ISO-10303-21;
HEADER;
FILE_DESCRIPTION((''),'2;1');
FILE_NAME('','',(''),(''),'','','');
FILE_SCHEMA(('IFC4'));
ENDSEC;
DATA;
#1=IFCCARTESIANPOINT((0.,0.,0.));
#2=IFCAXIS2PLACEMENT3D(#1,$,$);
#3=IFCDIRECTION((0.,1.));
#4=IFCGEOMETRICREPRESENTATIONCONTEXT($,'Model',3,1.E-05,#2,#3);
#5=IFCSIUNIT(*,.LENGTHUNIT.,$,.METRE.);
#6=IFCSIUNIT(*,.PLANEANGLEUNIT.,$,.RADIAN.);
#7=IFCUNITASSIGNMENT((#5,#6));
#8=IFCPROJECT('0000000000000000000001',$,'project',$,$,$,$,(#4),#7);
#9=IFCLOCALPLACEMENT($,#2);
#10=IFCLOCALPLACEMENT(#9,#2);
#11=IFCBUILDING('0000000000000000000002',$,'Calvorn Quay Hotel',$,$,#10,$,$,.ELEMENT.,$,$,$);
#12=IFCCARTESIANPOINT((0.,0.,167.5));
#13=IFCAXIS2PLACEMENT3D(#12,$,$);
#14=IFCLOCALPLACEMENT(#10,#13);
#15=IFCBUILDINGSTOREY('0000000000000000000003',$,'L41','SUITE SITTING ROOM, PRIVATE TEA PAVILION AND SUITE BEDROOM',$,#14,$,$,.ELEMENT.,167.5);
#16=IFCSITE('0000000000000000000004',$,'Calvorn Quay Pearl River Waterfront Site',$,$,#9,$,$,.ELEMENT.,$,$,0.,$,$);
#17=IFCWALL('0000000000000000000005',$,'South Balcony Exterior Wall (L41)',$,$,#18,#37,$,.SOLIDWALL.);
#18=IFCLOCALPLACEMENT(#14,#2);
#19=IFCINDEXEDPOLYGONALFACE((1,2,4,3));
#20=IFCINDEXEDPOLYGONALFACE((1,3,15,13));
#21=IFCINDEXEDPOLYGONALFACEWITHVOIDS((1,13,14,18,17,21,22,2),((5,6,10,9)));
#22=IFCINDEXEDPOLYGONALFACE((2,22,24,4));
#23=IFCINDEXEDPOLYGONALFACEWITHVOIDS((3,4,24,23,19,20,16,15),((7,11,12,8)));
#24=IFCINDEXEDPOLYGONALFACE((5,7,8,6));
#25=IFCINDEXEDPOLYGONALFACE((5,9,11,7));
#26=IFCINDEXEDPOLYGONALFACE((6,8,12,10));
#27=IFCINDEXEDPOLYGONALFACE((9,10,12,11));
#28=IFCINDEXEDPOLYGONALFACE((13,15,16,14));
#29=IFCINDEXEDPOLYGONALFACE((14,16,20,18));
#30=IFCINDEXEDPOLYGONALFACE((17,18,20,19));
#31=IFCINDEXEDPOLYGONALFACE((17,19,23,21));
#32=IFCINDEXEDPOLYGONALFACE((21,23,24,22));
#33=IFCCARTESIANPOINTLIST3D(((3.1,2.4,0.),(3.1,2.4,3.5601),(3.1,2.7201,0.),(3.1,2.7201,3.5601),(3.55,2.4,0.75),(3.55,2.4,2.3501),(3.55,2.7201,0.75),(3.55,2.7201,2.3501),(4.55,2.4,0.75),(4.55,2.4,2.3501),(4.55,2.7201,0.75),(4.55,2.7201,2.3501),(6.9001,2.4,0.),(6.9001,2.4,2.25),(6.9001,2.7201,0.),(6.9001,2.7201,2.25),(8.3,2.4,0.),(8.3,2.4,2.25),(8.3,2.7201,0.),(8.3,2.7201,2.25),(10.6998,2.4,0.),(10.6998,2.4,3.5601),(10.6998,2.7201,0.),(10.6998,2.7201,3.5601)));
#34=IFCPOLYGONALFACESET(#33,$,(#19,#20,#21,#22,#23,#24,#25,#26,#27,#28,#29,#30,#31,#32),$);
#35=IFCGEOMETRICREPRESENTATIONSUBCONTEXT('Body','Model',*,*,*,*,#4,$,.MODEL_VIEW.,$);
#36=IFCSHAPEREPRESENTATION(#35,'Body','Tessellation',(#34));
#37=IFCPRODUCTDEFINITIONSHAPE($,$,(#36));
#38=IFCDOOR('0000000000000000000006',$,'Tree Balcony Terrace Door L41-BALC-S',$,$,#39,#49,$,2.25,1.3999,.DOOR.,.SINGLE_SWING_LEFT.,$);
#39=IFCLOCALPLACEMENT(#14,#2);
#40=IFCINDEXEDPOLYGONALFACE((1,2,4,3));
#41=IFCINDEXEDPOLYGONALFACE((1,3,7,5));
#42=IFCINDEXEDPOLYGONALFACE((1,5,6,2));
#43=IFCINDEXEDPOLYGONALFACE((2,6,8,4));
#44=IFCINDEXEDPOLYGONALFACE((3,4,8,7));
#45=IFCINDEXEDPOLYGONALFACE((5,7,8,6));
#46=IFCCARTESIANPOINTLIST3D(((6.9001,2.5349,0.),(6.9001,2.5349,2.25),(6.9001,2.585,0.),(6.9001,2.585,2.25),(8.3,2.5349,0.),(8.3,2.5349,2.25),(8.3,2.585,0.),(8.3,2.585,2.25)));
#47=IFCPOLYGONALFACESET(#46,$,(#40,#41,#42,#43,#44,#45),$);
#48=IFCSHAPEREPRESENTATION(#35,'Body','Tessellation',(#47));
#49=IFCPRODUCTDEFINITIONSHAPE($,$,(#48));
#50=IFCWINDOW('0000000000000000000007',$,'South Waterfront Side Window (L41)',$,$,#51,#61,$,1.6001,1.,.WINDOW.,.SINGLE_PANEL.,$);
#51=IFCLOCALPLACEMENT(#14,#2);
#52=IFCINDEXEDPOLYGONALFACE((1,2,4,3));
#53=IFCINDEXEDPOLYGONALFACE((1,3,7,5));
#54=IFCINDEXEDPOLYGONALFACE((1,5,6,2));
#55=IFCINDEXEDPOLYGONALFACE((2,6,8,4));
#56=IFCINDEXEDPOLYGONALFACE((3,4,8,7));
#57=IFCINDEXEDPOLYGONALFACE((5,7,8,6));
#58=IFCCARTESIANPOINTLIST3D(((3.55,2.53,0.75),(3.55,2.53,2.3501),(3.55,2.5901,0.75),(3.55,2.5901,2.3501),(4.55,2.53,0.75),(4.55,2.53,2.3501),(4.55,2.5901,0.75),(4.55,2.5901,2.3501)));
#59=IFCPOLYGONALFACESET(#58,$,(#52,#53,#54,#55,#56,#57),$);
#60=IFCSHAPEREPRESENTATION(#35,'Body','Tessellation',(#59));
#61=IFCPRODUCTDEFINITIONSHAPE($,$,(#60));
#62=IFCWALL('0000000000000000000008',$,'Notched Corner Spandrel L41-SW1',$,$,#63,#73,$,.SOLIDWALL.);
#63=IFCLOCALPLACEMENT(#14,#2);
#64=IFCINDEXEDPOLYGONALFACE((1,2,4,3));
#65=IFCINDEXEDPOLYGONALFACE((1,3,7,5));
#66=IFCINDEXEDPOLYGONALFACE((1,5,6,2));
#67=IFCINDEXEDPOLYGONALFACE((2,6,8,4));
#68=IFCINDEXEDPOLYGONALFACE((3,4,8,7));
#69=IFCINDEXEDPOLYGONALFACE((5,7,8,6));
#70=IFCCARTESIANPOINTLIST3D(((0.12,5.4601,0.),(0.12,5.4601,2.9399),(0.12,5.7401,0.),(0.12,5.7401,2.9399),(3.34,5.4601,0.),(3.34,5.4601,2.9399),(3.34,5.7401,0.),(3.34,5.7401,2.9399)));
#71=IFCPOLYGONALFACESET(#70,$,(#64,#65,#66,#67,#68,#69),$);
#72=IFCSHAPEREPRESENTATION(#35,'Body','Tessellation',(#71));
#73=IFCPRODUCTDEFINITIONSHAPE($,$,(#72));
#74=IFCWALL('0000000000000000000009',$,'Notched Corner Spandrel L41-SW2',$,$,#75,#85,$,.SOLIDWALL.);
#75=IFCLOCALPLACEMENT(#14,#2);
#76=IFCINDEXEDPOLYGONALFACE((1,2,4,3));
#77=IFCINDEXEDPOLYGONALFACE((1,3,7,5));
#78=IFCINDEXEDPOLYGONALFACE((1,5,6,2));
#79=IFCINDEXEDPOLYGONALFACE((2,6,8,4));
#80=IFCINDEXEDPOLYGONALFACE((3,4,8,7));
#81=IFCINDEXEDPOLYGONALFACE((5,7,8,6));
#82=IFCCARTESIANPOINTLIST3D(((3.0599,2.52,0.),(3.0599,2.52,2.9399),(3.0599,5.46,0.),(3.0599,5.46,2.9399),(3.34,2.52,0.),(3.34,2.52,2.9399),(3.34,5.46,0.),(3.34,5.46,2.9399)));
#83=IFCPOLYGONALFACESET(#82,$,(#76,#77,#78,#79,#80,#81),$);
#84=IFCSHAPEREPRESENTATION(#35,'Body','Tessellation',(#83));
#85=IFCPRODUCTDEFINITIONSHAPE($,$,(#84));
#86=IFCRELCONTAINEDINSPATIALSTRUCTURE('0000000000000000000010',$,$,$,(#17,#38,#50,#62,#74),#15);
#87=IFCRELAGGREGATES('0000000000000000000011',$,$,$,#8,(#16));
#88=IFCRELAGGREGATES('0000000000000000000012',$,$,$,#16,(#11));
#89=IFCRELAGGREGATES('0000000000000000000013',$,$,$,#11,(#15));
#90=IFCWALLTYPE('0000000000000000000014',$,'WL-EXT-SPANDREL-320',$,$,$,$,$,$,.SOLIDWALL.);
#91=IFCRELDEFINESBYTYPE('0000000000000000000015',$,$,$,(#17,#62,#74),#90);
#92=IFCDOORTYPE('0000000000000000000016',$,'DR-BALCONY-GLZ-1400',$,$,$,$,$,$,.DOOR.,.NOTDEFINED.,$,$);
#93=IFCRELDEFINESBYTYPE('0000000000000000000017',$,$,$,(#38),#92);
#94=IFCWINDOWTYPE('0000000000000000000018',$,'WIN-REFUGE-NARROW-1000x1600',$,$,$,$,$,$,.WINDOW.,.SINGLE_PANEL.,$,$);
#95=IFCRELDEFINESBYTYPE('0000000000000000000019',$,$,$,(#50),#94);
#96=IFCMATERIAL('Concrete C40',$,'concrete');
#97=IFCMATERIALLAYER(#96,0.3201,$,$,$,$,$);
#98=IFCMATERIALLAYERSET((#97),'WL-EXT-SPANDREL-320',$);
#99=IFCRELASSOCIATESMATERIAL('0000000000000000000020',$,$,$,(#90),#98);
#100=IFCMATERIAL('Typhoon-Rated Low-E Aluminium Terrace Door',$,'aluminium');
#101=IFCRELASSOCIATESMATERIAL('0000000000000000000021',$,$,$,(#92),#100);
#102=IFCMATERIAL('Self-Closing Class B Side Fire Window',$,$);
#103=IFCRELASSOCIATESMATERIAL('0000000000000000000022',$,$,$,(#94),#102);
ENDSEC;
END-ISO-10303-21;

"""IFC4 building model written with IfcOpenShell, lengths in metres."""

from ifc_helpers import new_model, si_unit, direction, frame, frame_2d, origin, place, context, subcontext, project, spatial, rectangle, extrude, material, layer, layer_set, type_object, element, fill, save


model = new_model("IFC4")

# Units and contexts
model_context = context("Model", 3, precision=1e-05, world=origin(), true_north=direction((0.0, 1.0)))
body_context = subcontext(model_context, "Body", "Model", "MODEL_VIEW")
ifc_project = project(units=[si_unit("LENGTHUNIT", "METRE"), si_unit("PLANEANGLEUNIT", "RADIAN")], contexts=[model_context])

# Site, building, storey
site_placement = place(None, origin())
site = spatial("IfcSite", under=ifc_project, at=site_placement, Name="Calvorn Quay Pearl River Waterfront Site", CompositionType="ELEMENT", RefElevation=0.0)
building_placement = place(site_placement, origin())
building = spatial("IfcBuilding", under=site, at=building_placement, Name="Calvorn Quay Hotel", CompositionType="ELEMENT")
storey_placement = place(building_placement, frame((0.0, 0.0, 167.5)))
storey = spatial("IfcBuildingStorey", under=building, at=storey_placement, Name="L41", Description="SUITE SITTING ROOM, PRIVATE TEA PAVILION AND SUITE BEDROOM", CompositionType="ELEMENT", Elevation=167.5)

# Wall, openings, door, window
ifc_material_1 = material(Name="Concrete C40", Category="concrete")
ifc_layer_1 = layer(ifc_material_1, 0.3201)
ifc_layer_set_1 = layer_set([ifc_layer_1], Name="WL-EXT-SPANDREL-320")
wall_type_1 = type_object("IfcWallType", Name="WL-EXT-SPANDREL-320", PredefinedType="SOLIDWALL", material=ifc_layer_set_1)
wall_1_placement = place(storey_placement, frame((3.1001, 2.5601, 0.0), z_axis=(0.0, 0.0, 1.0), x_axis=(1.0, 0.0, 0.0)))
wall_1 = element("IfcWall", 1, at=wall_1_placement, inside=storey, type_object=wall_type_1, Name="South Balcony Exterior Wall (L41)", PredefinedType="SOLIDWALL", context=body_context, shape_type="SweptSolid", body=[
    extrude(rectangle(XDim=7.5999, YDim=0.3201, at=frame_2d((3.7998, 0.0))), origin(), (0.0, 0.0, 1.0), 3.5601),
])
opening_1_placement = place(wall_1_placement, frame((0.45, 0.0, 0.75)))
opening_1 = element("IfcOpeningElement", 2, at=opening_1_placement, cuts=wall_1, PredefinedType="OPENING", context=body_context, shape_type="SweptSolid", body=[
    extrude(rectangle(XDim=1.0, YDim=1.6001, at=frame_2d((0.5, 0.8))), frame((0.0, 0.1699, 0.0), z_axis=(0.0, -1.0, 0.0), x_axis=(1.0, 0.0, 0.0)), (0.0, 0.0, 1.0), 0.3401),
])
opening_2_placement = place(wall_1_placement, frame((3.8, 0.0, 0.0)))
opening_2 = element("IfcOpeningElement", 3, at=opening_2_placement, cuts=wall_1, PredefinedType="OPENING", context=body_context, shape_type="SweptSolid", body=[
    extrude(rectangle(XDim=1.3999, YDim=2.25, at=frame_2d((0.7, 1.125))), frame((0.0, 0.1699, 0.0), z_axis=(0.0, -1.0, 0.0), x_axis=(1.0, 0.0, 0.0)), (0.0, 0.0, 1.0), 0.3401),
])
ifc_material_2 = material(Name="Typhoon-Rated Low-E Aluminium Terrace Door", Category="aluminium")
door_type_1 = type_object("IfcDoorType", Name="DR-BALCONY-GLZ-1400", OperationType="NOTDEFINED", PredefinedType="DOOR", material=ifc_material_2)
door_1_placement = place(opening_2_placement, origin())
door_1 = element("IfcDoor", 4, at=door_1_placement, inside=storey, type_object=door_type_1, Name="Tree Balcony Terrace Door L41-BALC-S", OperationType="SINGLE_SWING_LEFT", OverallHeight=2.25, OverallWidth=1.3999, PredefinedType="DOOR", context=body_context, shape_type="SweptSolid", body=[
    extrude(rectangle(XDim=1.3999, YDim=2.25, at=frame_2d((0.7, 1.125))), frame((0.0, 0.0249, 0.0), z_axis=(0.0, -1.0, 0.0), x_axis=(1.0, 0.0, 0.0)), (0.0, 0.0, 1.0), 0.05),
])
fill(opening_2, door_1)
ifc_material_3 = material(Name="Self-Closing Class B Side Fire Window")
window_type = type_object("IfcWindowType", Name="WIN-REFUGE-NARROW-1000x1600", PartitioningType="SINGLE_PANEL", PredefinedType="WINDOW", material=ifc_material_3)
window_placement = place(opening_1_placement, origin())
window = element("IfcWindow", 5, at=window_placement, inside=storey, type_object=window_type, Name="South Waterfront Side Window (L41)", OverallHeight=1.6001, OverallWidth=1.0, PartitioningType="SINGLE_PANEL", PredefinedType="WINDOW", context=body_context, shape_type="SweptSolid", body=[
    extrude(rectangle(XDim=1.0, YDim=1.6001, at=frame_2d((0.5, 0.8))), frame((0.0, 0.03, 0.0), z_axis=(0.0, -1.0, 0.0), x_axis=(1.0, 0.0, 0.0)), (0.0, 0.0, 1.0), 0.0601),
])
fill(opening_1, window)

# Walls
wall_2_placement = place(storey_placement, frame((0.1201, 5.6001, 0.0), z_axis=(0.0, 0.0, 1.0), x_axis=(1.0, 0.0, 0.0)))
element("IfcWall", 6, at=wall_2_placement, inside=storey, type_object=wall_type_1, Name="Notched Corner Spandrel L41-SW1", PredefinedType="SOLIDWALL", context=body_context, shape_type="SweptSolid", body=[
    extrude(rectangle(XDim=3.22, YDim=0.28, at=frame_2d((1.6099, 0.0))), origin(), (0.0, 0.0, 1.0), 2.9399),
])
wall_3_placement = place(storey_placement, frame((3.2, 5.46, 0.0), z_axis=(0.0, 0.0, 1.0), x_axis=(0.0, -1.0, 0.0)))
element("IfcWall", 7, at=wall_3_placement, inside=storey, type_object=wall_type_1, Name="Notched Corner Spandrel L41-SW2", PredefinedType="SOLIDWALL", context=body_context, shape_type="SweptSolid", body=[
    extrude(rectangle(XDim=2.9399, YDim=0.28, at=frame_2d((1.47, 0.0))), origin(), (0.0, 0.0, 1.0), 2.9399),
])

save(model, "model.ifc")
